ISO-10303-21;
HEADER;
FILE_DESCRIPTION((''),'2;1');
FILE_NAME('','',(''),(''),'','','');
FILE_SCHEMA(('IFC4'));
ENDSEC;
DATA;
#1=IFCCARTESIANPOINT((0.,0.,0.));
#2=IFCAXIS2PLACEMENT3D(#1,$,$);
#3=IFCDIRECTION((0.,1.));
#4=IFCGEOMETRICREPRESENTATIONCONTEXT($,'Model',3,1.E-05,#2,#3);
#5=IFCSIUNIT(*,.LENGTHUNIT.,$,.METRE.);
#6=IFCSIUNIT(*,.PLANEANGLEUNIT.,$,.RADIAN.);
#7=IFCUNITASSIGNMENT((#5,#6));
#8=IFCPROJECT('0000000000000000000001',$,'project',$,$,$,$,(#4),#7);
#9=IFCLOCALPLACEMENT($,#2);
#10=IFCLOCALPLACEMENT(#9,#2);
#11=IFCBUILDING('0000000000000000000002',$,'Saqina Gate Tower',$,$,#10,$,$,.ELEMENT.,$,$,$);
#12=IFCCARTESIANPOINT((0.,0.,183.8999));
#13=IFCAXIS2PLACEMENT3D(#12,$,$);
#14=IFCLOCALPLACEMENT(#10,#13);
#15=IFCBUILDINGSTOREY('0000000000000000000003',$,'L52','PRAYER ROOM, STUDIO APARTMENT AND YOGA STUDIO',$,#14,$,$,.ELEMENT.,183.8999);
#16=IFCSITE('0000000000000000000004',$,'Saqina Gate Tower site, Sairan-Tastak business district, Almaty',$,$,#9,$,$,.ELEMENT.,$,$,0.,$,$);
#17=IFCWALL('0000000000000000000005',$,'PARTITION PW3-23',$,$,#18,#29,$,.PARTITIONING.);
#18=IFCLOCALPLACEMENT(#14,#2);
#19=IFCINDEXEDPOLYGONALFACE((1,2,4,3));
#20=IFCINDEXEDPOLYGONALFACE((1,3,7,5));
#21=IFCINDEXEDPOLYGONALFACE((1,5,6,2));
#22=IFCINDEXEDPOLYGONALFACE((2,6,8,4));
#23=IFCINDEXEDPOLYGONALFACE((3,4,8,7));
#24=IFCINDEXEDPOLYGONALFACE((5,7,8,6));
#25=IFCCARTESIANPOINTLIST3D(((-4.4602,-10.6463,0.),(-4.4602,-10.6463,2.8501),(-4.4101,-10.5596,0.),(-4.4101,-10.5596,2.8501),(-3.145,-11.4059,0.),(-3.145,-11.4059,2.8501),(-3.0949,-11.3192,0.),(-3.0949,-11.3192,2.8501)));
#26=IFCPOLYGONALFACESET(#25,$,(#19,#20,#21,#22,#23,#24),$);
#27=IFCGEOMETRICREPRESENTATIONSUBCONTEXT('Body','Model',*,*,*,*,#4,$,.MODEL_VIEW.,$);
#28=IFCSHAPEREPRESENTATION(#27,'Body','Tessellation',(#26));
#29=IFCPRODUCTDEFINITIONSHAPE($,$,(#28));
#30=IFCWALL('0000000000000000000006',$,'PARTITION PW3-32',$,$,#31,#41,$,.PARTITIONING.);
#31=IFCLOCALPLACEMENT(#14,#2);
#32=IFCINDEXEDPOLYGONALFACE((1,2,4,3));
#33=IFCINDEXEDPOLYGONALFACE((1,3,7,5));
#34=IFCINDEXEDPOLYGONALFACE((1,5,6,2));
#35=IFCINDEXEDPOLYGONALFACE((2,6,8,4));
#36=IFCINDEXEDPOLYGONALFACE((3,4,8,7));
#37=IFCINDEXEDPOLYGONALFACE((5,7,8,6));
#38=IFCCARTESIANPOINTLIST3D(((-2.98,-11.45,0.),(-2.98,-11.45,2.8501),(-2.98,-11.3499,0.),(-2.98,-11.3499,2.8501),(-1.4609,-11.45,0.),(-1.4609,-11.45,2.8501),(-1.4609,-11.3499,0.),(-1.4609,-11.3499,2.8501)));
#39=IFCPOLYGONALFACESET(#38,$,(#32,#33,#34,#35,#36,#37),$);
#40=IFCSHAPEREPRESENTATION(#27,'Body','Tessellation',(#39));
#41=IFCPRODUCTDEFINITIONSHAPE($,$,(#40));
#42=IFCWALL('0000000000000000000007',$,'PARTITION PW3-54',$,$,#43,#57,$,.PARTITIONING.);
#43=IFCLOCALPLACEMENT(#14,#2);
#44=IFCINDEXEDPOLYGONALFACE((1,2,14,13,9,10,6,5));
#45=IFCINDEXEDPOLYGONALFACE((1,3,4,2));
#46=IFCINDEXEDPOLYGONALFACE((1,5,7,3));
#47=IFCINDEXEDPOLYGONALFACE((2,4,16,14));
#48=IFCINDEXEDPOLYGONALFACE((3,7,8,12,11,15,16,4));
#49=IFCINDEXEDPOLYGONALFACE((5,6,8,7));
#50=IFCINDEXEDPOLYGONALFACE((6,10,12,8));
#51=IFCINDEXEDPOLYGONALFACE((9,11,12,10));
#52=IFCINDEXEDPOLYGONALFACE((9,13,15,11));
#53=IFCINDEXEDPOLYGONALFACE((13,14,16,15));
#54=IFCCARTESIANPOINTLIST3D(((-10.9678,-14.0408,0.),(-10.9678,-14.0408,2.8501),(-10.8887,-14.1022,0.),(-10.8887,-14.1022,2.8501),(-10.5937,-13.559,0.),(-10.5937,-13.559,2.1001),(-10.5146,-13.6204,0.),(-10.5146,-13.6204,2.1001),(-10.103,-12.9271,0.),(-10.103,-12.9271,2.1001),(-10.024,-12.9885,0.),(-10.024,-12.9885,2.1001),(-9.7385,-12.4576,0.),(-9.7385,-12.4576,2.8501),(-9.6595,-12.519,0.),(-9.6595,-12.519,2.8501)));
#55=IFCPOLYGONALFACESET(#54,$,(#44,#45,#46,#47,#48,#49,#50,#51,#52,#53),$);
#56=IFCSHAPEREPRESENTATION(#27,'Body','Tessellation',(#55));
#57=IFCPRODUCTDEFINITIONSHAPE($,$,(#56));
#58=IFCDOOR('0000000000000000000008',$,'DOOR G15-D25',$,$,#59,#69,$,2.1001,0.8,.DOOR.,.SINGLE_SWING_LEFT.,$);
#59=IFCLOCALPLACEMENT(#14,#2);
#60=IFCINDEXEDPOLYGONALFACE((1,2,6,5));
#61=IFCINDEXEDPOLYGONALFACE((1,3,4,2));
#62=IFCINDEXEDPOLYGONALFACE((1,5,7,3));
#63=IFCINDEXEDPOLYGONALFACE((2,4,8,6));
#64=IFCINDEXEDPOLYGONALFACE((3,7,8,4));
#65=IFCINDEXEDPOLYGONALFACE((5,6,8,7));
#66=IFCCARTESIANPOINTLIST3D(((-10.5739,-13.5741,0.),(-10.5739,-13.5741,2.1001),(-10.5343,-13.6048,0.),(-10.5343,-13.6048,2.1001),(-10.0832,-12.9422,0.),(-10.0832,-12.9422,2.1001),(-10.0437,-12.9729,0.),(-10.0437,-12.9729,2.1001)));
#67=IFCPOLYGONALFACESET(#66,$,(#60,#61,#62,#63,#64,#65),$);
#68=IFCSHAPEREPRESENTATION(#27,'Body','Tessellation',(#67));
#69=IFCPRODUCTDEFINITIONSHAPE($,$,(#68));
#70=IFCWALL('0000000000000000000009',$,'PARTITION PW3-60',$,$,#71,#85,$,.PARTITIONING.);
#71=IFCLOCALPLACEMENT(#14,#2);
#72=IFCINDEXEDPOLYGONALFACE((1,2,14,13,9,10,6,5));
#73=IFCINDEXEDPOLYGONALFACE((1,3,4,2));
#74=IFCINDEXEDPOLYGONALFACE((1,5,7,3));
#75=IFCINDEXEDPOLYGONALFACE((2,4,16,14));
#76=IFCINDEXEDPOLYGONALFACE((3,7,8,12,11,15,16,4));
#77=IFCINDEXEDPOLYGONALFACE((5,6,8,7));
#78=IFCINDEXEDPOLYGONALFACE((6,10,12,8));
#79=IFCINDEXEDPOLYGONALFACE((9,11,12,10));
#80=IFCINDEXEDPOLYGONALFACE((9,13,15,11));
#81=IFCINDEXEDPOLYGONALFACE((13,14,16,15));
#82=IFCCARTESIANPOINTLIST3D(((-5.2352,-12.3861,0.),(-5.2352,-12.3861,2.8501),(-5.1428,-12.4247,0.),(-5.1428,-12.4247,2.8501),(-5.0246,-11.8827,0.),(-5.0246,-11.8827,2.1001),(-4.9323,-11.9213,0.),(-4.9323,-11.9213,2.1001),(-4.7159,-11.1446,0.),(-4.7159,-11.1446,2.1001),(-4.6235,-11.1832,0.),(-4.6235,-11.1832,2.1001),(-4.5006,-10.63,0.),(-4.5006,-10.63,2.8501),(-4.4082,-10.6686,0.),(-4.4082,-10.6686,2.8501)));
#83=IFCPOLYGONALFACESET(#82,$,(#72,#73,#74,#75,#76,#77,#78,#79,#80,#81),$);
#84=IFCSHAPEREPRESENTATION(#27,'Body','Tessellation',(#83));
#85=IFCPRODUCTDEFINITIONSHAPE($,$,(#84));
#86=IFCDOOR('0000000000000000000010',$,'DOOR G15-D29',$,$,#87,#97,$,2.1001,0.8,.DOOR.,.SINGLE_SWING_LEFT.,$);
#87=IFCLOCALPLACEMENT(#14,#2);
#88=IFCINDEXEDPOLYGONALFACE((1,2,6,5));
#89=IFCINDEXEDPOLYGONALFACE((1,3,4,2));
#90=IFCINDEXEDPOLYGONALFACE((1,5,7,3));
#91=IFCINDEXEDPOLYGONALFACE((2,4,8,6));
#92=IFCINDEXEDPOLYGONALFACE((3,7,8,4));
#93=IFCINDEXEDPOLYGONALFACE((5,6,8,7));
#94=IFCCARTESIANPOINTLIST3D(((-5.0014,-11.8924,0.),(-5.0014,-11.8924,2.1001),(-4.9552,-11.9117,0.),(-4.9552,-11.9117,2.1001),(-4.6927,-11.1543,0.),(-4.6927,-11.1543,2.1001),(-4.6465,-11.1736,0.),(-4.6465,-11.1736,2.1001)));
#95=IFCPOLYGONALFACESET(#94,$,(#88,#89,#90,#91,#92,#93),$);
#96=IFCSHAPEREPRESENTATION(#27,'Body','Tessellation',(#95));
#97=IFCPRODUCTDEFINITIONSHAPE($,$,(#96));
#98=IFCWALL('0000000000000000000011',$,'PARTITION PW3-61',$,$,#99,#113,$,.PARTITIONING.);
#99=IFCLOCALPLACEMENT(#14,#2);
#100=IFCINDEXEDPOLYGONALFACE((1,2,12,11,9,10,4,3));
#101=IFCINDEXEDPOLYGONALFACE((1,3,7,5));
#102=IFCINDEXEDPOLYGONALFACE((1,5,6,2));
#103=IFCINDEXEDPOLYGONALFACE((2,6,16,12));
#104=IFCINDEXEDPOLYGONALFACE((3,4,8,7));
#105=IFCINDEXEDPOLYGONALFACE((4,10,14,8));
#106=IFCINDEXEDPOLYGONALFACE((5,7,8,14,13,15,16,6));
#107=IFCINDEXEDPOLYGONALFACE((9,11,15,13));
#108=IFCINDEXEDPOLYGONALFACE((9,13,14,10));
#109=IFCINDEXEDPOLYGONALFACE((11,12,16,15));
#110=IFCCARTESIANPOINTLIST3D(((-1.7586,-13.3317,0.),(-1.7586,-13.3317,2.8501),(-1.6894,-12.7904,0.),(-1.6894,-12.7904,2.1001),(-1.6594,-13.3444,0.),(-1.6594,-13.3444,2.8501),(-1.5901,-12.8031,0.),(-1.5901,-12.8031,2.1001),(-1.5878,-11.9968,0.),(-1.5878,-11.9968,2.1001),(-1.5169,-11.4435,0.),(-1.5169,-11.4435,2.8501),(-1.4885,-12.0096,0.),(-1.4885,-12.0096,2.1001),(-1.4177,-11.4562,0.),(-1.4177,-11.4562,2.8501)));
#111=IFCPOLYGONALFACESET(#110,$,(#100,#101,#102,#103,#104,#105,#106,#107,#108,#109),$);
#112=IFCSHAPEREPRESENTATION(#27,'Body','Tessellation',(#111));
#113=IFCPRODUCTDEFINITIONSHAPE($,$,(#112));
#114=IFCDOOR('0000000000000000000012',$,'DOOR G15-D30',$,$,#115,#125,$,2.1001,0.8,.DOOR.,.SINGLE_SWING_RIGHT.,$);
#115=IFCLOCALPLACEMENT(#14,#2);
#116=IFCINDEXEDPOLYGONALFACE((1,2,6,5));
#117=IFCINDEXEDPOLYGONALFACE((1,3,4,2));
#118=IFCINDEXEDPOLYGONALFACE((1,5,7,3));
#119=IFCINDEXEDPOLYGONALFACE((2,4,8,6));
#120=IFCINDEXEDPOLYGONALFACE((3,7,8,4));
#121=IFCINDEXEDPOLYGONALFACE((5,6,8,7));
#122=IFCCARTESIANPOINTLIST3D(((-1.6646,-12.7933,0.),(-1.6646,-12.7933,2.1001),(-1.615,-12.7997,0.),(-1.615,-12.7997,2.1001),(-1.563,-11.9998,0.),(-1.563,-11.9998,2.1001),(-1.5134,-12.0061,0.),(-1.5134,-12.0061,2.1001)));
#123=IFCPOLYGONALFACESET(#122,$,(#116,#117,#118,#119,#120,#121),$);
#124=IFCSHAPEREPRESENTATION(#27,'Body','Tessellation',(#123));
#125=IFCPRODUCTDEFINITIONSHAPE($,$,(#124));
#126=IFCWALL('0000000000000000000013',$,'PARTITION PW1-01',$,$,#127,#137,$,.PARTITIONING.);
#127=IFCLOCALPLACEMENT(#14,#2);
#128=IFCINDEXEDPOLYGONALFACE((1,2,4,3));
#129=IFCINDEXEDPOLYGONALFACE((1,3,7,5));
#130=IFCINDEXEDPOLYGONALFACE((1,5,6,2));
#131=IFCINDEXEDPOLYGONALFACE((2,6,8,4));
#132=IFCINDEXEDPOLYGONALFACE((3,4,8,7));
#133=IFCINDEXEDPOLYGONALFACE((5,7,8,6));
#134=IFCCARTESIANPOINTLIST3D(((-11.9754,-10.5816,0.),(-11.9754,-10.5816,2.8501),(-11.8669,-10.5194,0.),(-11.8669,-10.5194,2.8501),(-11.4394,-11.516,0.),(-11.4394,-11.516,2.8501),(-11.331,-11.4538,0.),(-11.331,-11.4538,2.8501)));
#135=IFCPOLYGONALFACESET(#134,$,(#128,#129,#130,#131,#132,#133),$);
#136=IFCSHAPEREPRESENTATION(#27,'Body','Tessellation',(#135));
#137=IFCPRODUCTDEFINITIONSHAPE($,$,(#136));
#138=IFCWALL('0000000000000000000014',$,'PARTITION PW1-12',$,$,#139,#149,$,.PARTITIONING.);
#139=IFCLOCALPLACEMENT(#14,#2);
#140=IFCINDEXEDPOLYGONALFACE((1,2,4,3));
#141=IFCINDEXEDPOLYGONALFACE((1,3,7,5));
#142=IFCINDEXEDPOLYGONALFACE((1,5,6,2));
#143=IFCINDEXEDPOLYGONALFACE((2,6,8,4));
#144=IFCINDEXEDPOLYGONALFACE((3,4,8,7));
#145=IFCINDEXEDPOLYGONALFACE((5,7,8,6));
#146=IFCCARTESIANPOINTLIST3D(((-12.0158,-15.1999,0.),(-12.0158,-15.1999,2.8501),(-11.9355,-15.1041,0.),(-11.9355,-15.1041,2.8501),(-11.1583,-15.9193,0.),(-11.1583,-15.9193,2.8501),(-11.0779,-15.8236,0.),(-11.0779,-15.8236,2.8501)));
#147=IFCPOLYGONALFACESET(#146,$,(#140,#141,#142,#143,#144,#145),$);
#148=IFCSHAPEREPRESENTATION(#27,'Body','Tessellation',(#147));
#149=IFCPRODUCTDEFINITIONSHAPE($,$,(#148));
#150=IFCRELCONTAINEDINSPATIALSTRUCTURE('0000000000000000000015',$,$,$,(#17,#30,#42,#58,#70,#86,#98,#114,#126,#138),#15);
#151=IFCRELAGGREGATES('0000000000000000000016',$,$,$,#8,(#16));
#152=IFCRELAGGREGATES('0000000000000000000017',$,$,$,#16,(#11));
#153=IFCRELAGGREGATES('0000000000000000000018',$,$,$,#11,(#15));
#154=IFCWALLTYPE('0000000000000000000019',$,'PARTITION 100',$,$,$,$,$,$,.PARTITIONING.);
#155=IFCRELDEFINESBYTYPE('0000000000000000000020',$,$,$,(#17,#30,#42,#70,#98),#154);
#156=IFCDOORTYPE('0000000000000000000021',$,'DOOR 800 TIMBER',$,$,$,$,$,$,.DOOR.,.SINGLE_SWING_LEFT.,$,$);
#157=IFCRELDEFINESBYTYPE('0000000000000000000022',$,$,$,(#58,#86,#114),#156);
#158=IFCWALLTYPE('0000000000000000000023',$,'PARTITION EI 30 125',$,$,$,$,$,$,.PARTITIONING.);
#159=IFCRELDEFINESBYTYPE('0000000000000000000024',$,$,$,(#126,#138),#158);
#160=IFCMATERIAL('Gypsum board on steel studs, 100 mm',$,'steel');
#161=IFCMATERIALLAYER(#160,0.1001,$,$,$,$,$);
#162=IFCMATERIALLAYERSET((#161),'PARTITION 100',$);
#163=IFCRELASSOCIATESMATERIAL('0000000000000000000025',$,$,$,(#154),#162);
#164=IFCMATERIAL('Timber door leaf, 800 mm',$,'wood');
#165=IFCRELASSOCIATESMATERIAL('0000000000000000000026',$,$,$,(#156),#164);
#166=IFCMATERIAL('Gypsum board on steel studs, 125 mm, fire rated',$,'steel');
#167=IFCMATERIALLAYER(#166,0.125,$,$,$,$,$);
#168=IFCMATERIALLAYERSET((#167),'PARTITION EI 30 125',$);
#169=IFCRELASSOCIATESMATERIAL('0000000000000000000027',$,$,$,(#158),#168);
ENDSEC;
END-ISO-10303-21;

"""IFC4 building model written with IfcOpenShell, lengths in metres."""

from ifc_helpers import new_model, si_unit, direction, frame, frame_2d, origin, place, context, subcontext, project, spatial, rectangle, extrude, material, layer, layer_set, type_object, element, fill, save


model = new_model("IFC4")

# Units and contexts
model_context = context("Model", 3, precision=1e-05, world=origin(), true_north=direction((0.0, 1.0)))
body_context = subcontext(model_context, "Body", "Model", "MODEL_VIEW")
ifc_project = project(units=[si_unit("LENGTHUNIT", "METRE"), si_unit("PLANEANGLEUNIT", "RADIAN")], contexts=[model_context])

# Site, building, storey
site_placement = place(None, origin())
site = spatial("IfcSite", under=ifc_project, at=site_placement, Name="Saqina Gate Tower site, Sairan-Tastak business district, Almaty", CompositionType="ELEMENT", RefElevation=0.0)
building_placement = place(site_placement, origin())
building = spatial("IfcBuilding", under=site, at=building_placement, Name="Saqina Gate Tower", CompositionType="ELEMENT")
storey_placement = place(building_placement, frame((0.0, 0.0, 183.8999)))
storey = spatial("IfcBuildingStorey", under=building, at=storey_placement, Name="L52", Description="PRAYER ROOM, STUDIO APARTMENT AND YOGA STUDIO", CompositionType="ELEMENT", Elevation=183.8999)

# Walls
ifc_material_1 = material(Name="Gypsum board on steel studs, 100 mm", Category="steel")
ifc_layer_1 = layer(ifc_material_1, 0.1001)
ifc_layer_set_1 = layer_set([ifc_layer_1], Name="PARTITION 100")
wall_type_1 = type_object("IfcWallType", Name="PARTITION 100", PredefinedType="PARTITIONING", material=ifc_layer_set_1)
wall_1_placement = place(storey_placement, frame((-4.4351, -10.603, 0.0), z_axis=(0.0, 0.0, 1.0), x_axis=(0.865969, -0.500098, 0.0)))
element("IfcWall", 1, at=wall_1_placement, inside=storey, type_object=wall_type_1, Name="PARTITION PW3-23", PredefinedType="PARTITIONING", context=body_context, shape_type="SweptSolid", body=[
    extrude(rectangle(XDim=1.5188, YDim=0.1001, at=frame_2d((0.7593, 0.0))), origin(), (0.0, 0.0, 1.0), 2.8501),
])
wall_2_placement = place(storey_placement, frame((-2.98, -11.3999, 0.0), z_axis=(0.0, 0.0, 1.0), x_axis=(1.0, 0.0, 0.0)))
element("IfcWall", 2, at=wall_2_placement, inside=storey, type_object=wall_type_1, Name="PARTITION PW3-32", PredefinedType="PARTITIONING", context=body_context, shape_type="SweptSolid", body=[
    extrude(rectangle(XDim=1.519, YDim=0.1001, at=frame_2d((0.7595, 0.0))), origin(), (0.0, 0.0, 1.0), 2.8501),
])

# Walls, openings, doors
wall_3_placement = place(storey_placement, frame((-10.9282, -14.0715, 0.0), z_axis=(0.0, 0.0, 1.0), x_axis=(0.613266, 0.789877, 0.0)))
wall_3 = element("IfcWall", 3, at=wall_3_placement, inside=storey, type_object=wall_type_1, Name="PARTITION PW3-54", PredefinedType="PARTITIONING", context=body_context, shape_type="SweptSolid", body=[
    extrude(rectangle(XDim=2.0044, YDim=0.1001, at=frame_2d((1.0022, 0.0))), origin(), (0.0, 0.0, 1.0), 2.8501),
])
opening_1_placement = place(wall_3_placement, frame((0.6101, 0.0, 0.0)))
opening_1 = element("IfcOpeningElement", 4, at=opening_1_placement, cuts=wall_3, PredefinedType="OPENING", context=body_context, shape_type="SweptSolid", body=[
    extrude(rectangle(XDim=0.8, YDim=2.1001, at=frame_2d((0.3999, 1.05))), frame((0.0, 0.062, 0.0), z_axis=(0.0, -1.0, 0.0), x_axis=(1.0, 0.0, 0.0)), (0.0, 0.0, 1.0), 0.124),
])
ifc_material_2 = material(Name="Timber door leaf, 800 mm", Category="wood")
door_type_1 = type_object("IfcDoorType", Name="DOOR 800 TIMBER", OperationType="SINGLE_SWING_LEFT", PredefinedType="DOOR", material=ifc_material_2)
door_1_placement = place(opening_1_placement, frame((0.8, 0.0, 0.0), z_axis=(0.0, 0.0, 1.0), x_axis=(-1.0, 0.0, 0.0)))
door_1 = element("IfcDoor", 5, at=door_1_placement, inside=storey, type_object=door_type_1, Name="DOOR G15-D25", OperationType="SINGLE_SWING_LEFT", OverallHeight=2.1001, OverallWidth=0.8, PredefinedType="DOOR", context=body_context, shape_type="SweptSolid", body=[
    extrude(rectangle(XDim=0.8, YDim=2.1001, at=frame_2d((0.3999, 1.05))), frame((0.0, 0.0249, 0.0), z_axis=(0.0, -1.0, 0.0), x_axis=(1.0, 0.0, 0.0)), (0.0, 0.0, 1.0), 0.05),
])
fill(opening_1, door_1)
wall_4_placement = place(storey_placement, frame((-5.189, -12.4053, 0.0), z_axis=(0.0, 0.0, 1.0), x_axis=(0.385917, 0.922533, 0.0)))
wall_4 = element("IfcWall", 6, at=wall_4_placement, inside=storey, type_object=wall_type_1, Name="PARTITION PW3-60", PredefinedType="PARTITIONING", context=body_context, shape_type="SweptSolid", body=[
    extrude(rectangle(XDim=1.9036, YDim=0.1001, at=frame_2d((0.9517, 0.0))), origin(), (0.0, 0.0, 1.0), 2.8501),
])
opening_2_placement = place(wall_4_placement, frame((0.5457, 0.0, 0.0)))
opening_2 = element("IfcOpeningElement", 7, at=opening_2_placement, cuts=wall_4, PredefinedType="OPENING", context=body_context, shape_type="SweptSolid", body=[
    extrude(rectangle(XDim=0.8, YDim=2.1001, at=frame_2d((0.3999, 1.05))), frame((0.0, 0.062, 0.0), z_axis=(0.0, -1.0, 0.0), x_axis=(1.0, 0.0, 0.0)), (0.0, 0.0, 1.0), 0.124),
])
door_2_placement = place(opening_2_placement, origin())
door_2 = element("IfcDoor", 8, at=door_2_placement, inside=storey, type_object=door_type_1, Name="DOOR G15-D29", OperationType="SINGLE_SWING_LEFT", OverallHeight=2.1001, OverallWidth=0.8, PredefinedType="DOOR", context=body_context, shape_type="SweptSolid", body=[
    extrude(rectangle(XDim=0.8, YDim=2.1001, at=frame_2d((0.3999, 1.05))), frame((0.0, 0.0249, 0.0), z_axis=(0.0, -1.0, 0.0), x_axis=(1.0, 0.0, 0.0)), (0.0, 0.0, 1.0), 0.05),
])
fill(opening_2, door_2)
wall_5_placement = place(storey_placement, frame((-1.709, -13.3379, 0.0), z_axis=(0.0, 0.0, 1.0), x_axis=(0.12697, 0.991907, 0.0)))
wall_5 = element("IfcWall", 9, at=wall_5_placement, inside=storey, type_object=wall_type_1, Name="PARTITION PW3-61", PredefinedType="PARTITIONING", context=body_context, shape_type="SweptSolid", body=[
    extrude(rectangle(XDim=1.9036, YDim=0.1001, at=frame_2d((0.9517, 0.0))), origin(), (0.0, 0.0, 1.0), 2.8501),
])
opening_3_placement = place(wall_5_placement, frame((0.5457, 0.0, 0.0)))
opening_3 = element("IfcOpeningElement", 10, at=opening_3_placement, cuts=wall_5, PredefinedType="OPENING", context=body_context, shape_type="SweptSolid", body=[
    extrude(rectangle(XDim=0.8, YDim=2.1001, at=frame_2d((0.3999, 1.05))), frame((0.0, 0.062, 0.0), z_axis=(0.0, -1.0, 0.0), x_axis=(1.0, 0.0, 0.0)), (0.0, 0.0, 1.0), 0.124),
])
door_3_placement = place(opening_3_placement, frame((0.8, 0.0, 0.0), z_axis=(0.0, 0.0, 1.0), x_axis=(-1.0, 0.0, 0.0)))
door_3 = element("IfcDoor", 11, at=door_3_placement, inside=storey, type_object=door_type_1, Name="DOOR G15-D30", OperationType="SINGLE_SWING_RIGHT", OverallHeight=2.1001, OverallWidth=0.8, PredefinedType="DOOR", context=body_context, shape_type="SweptSolid", body=[
    extrude(rectangle(XDim=0.8, YDim=2.1001, at=frame_2d((0.3999, 1.05))), frame((0.0, 0.0249, 0.0), z_axis=(0.0, -1.0, 0.0), x_axis=(1.0, 0.0, 0.0)), (0.0, 0.0, 1.0), 0.05),
])
fill(opening_3, door_3)

# Walls
ifc_material_3 = material(Name="Gypsum board on steel studs, 125 mm, fire rated", Category="steel")
ifc_layer_2 = layer(ifc_material_3, 0.125)
ifc_layer_set_2 = layer_set([ifc_layer_2], Name="PARTITION EI 30 125")
wall_type_2 = type_object("IfcWallType", Name="PARTITION EI 30 125", PredefinedType="PARTITIONING", material=ifc_layer_set_2)
wall_6_placement = place(storey_placement, frame((-11.9211, -10.5505, 0.0), z_axis=(0.0, 0.0, 1.0), x_axis=(0.49753, -0.867447, 0.0)))
element("IfcWall", 12, at=wall_6_placement, inside=storey, type_object=wall_type_2, Name="PARTITION PW1-01", PredefinedType="PARTITIONING", context=body_context, shape_type="SweptSolid", body=[
    extrude(rectangle(XDim=1.0771, YDim=0.125, at=frame_2d((0.5386, 0.0))), origin(), (0.0, 0.0, 1.0), 2.8501),
])
wall_7_placement = place(storey_placement, frame((-11.9756, -15.1521, 0.0), z_axis=(0.0, 0.0, 1.0), x_axis=(0.766126, -0.642691, 0.0)))
element("IfcWall", 13, at=wall_7_placement, inside=storey, type_object=wall_type_2, Name="PARTITION PW1-12", PredefinedType="PARTITIONING", context=body_context, shape_type="SweptSolid", body=[
    extrude(rectangle(XDim=1.1194, YDim=0.125, at=frame_2d((0.5596, 0.0))), origin(), (0.0, 0.0, 1.0), 2.8501),
])

save(model, "model.ifc")
